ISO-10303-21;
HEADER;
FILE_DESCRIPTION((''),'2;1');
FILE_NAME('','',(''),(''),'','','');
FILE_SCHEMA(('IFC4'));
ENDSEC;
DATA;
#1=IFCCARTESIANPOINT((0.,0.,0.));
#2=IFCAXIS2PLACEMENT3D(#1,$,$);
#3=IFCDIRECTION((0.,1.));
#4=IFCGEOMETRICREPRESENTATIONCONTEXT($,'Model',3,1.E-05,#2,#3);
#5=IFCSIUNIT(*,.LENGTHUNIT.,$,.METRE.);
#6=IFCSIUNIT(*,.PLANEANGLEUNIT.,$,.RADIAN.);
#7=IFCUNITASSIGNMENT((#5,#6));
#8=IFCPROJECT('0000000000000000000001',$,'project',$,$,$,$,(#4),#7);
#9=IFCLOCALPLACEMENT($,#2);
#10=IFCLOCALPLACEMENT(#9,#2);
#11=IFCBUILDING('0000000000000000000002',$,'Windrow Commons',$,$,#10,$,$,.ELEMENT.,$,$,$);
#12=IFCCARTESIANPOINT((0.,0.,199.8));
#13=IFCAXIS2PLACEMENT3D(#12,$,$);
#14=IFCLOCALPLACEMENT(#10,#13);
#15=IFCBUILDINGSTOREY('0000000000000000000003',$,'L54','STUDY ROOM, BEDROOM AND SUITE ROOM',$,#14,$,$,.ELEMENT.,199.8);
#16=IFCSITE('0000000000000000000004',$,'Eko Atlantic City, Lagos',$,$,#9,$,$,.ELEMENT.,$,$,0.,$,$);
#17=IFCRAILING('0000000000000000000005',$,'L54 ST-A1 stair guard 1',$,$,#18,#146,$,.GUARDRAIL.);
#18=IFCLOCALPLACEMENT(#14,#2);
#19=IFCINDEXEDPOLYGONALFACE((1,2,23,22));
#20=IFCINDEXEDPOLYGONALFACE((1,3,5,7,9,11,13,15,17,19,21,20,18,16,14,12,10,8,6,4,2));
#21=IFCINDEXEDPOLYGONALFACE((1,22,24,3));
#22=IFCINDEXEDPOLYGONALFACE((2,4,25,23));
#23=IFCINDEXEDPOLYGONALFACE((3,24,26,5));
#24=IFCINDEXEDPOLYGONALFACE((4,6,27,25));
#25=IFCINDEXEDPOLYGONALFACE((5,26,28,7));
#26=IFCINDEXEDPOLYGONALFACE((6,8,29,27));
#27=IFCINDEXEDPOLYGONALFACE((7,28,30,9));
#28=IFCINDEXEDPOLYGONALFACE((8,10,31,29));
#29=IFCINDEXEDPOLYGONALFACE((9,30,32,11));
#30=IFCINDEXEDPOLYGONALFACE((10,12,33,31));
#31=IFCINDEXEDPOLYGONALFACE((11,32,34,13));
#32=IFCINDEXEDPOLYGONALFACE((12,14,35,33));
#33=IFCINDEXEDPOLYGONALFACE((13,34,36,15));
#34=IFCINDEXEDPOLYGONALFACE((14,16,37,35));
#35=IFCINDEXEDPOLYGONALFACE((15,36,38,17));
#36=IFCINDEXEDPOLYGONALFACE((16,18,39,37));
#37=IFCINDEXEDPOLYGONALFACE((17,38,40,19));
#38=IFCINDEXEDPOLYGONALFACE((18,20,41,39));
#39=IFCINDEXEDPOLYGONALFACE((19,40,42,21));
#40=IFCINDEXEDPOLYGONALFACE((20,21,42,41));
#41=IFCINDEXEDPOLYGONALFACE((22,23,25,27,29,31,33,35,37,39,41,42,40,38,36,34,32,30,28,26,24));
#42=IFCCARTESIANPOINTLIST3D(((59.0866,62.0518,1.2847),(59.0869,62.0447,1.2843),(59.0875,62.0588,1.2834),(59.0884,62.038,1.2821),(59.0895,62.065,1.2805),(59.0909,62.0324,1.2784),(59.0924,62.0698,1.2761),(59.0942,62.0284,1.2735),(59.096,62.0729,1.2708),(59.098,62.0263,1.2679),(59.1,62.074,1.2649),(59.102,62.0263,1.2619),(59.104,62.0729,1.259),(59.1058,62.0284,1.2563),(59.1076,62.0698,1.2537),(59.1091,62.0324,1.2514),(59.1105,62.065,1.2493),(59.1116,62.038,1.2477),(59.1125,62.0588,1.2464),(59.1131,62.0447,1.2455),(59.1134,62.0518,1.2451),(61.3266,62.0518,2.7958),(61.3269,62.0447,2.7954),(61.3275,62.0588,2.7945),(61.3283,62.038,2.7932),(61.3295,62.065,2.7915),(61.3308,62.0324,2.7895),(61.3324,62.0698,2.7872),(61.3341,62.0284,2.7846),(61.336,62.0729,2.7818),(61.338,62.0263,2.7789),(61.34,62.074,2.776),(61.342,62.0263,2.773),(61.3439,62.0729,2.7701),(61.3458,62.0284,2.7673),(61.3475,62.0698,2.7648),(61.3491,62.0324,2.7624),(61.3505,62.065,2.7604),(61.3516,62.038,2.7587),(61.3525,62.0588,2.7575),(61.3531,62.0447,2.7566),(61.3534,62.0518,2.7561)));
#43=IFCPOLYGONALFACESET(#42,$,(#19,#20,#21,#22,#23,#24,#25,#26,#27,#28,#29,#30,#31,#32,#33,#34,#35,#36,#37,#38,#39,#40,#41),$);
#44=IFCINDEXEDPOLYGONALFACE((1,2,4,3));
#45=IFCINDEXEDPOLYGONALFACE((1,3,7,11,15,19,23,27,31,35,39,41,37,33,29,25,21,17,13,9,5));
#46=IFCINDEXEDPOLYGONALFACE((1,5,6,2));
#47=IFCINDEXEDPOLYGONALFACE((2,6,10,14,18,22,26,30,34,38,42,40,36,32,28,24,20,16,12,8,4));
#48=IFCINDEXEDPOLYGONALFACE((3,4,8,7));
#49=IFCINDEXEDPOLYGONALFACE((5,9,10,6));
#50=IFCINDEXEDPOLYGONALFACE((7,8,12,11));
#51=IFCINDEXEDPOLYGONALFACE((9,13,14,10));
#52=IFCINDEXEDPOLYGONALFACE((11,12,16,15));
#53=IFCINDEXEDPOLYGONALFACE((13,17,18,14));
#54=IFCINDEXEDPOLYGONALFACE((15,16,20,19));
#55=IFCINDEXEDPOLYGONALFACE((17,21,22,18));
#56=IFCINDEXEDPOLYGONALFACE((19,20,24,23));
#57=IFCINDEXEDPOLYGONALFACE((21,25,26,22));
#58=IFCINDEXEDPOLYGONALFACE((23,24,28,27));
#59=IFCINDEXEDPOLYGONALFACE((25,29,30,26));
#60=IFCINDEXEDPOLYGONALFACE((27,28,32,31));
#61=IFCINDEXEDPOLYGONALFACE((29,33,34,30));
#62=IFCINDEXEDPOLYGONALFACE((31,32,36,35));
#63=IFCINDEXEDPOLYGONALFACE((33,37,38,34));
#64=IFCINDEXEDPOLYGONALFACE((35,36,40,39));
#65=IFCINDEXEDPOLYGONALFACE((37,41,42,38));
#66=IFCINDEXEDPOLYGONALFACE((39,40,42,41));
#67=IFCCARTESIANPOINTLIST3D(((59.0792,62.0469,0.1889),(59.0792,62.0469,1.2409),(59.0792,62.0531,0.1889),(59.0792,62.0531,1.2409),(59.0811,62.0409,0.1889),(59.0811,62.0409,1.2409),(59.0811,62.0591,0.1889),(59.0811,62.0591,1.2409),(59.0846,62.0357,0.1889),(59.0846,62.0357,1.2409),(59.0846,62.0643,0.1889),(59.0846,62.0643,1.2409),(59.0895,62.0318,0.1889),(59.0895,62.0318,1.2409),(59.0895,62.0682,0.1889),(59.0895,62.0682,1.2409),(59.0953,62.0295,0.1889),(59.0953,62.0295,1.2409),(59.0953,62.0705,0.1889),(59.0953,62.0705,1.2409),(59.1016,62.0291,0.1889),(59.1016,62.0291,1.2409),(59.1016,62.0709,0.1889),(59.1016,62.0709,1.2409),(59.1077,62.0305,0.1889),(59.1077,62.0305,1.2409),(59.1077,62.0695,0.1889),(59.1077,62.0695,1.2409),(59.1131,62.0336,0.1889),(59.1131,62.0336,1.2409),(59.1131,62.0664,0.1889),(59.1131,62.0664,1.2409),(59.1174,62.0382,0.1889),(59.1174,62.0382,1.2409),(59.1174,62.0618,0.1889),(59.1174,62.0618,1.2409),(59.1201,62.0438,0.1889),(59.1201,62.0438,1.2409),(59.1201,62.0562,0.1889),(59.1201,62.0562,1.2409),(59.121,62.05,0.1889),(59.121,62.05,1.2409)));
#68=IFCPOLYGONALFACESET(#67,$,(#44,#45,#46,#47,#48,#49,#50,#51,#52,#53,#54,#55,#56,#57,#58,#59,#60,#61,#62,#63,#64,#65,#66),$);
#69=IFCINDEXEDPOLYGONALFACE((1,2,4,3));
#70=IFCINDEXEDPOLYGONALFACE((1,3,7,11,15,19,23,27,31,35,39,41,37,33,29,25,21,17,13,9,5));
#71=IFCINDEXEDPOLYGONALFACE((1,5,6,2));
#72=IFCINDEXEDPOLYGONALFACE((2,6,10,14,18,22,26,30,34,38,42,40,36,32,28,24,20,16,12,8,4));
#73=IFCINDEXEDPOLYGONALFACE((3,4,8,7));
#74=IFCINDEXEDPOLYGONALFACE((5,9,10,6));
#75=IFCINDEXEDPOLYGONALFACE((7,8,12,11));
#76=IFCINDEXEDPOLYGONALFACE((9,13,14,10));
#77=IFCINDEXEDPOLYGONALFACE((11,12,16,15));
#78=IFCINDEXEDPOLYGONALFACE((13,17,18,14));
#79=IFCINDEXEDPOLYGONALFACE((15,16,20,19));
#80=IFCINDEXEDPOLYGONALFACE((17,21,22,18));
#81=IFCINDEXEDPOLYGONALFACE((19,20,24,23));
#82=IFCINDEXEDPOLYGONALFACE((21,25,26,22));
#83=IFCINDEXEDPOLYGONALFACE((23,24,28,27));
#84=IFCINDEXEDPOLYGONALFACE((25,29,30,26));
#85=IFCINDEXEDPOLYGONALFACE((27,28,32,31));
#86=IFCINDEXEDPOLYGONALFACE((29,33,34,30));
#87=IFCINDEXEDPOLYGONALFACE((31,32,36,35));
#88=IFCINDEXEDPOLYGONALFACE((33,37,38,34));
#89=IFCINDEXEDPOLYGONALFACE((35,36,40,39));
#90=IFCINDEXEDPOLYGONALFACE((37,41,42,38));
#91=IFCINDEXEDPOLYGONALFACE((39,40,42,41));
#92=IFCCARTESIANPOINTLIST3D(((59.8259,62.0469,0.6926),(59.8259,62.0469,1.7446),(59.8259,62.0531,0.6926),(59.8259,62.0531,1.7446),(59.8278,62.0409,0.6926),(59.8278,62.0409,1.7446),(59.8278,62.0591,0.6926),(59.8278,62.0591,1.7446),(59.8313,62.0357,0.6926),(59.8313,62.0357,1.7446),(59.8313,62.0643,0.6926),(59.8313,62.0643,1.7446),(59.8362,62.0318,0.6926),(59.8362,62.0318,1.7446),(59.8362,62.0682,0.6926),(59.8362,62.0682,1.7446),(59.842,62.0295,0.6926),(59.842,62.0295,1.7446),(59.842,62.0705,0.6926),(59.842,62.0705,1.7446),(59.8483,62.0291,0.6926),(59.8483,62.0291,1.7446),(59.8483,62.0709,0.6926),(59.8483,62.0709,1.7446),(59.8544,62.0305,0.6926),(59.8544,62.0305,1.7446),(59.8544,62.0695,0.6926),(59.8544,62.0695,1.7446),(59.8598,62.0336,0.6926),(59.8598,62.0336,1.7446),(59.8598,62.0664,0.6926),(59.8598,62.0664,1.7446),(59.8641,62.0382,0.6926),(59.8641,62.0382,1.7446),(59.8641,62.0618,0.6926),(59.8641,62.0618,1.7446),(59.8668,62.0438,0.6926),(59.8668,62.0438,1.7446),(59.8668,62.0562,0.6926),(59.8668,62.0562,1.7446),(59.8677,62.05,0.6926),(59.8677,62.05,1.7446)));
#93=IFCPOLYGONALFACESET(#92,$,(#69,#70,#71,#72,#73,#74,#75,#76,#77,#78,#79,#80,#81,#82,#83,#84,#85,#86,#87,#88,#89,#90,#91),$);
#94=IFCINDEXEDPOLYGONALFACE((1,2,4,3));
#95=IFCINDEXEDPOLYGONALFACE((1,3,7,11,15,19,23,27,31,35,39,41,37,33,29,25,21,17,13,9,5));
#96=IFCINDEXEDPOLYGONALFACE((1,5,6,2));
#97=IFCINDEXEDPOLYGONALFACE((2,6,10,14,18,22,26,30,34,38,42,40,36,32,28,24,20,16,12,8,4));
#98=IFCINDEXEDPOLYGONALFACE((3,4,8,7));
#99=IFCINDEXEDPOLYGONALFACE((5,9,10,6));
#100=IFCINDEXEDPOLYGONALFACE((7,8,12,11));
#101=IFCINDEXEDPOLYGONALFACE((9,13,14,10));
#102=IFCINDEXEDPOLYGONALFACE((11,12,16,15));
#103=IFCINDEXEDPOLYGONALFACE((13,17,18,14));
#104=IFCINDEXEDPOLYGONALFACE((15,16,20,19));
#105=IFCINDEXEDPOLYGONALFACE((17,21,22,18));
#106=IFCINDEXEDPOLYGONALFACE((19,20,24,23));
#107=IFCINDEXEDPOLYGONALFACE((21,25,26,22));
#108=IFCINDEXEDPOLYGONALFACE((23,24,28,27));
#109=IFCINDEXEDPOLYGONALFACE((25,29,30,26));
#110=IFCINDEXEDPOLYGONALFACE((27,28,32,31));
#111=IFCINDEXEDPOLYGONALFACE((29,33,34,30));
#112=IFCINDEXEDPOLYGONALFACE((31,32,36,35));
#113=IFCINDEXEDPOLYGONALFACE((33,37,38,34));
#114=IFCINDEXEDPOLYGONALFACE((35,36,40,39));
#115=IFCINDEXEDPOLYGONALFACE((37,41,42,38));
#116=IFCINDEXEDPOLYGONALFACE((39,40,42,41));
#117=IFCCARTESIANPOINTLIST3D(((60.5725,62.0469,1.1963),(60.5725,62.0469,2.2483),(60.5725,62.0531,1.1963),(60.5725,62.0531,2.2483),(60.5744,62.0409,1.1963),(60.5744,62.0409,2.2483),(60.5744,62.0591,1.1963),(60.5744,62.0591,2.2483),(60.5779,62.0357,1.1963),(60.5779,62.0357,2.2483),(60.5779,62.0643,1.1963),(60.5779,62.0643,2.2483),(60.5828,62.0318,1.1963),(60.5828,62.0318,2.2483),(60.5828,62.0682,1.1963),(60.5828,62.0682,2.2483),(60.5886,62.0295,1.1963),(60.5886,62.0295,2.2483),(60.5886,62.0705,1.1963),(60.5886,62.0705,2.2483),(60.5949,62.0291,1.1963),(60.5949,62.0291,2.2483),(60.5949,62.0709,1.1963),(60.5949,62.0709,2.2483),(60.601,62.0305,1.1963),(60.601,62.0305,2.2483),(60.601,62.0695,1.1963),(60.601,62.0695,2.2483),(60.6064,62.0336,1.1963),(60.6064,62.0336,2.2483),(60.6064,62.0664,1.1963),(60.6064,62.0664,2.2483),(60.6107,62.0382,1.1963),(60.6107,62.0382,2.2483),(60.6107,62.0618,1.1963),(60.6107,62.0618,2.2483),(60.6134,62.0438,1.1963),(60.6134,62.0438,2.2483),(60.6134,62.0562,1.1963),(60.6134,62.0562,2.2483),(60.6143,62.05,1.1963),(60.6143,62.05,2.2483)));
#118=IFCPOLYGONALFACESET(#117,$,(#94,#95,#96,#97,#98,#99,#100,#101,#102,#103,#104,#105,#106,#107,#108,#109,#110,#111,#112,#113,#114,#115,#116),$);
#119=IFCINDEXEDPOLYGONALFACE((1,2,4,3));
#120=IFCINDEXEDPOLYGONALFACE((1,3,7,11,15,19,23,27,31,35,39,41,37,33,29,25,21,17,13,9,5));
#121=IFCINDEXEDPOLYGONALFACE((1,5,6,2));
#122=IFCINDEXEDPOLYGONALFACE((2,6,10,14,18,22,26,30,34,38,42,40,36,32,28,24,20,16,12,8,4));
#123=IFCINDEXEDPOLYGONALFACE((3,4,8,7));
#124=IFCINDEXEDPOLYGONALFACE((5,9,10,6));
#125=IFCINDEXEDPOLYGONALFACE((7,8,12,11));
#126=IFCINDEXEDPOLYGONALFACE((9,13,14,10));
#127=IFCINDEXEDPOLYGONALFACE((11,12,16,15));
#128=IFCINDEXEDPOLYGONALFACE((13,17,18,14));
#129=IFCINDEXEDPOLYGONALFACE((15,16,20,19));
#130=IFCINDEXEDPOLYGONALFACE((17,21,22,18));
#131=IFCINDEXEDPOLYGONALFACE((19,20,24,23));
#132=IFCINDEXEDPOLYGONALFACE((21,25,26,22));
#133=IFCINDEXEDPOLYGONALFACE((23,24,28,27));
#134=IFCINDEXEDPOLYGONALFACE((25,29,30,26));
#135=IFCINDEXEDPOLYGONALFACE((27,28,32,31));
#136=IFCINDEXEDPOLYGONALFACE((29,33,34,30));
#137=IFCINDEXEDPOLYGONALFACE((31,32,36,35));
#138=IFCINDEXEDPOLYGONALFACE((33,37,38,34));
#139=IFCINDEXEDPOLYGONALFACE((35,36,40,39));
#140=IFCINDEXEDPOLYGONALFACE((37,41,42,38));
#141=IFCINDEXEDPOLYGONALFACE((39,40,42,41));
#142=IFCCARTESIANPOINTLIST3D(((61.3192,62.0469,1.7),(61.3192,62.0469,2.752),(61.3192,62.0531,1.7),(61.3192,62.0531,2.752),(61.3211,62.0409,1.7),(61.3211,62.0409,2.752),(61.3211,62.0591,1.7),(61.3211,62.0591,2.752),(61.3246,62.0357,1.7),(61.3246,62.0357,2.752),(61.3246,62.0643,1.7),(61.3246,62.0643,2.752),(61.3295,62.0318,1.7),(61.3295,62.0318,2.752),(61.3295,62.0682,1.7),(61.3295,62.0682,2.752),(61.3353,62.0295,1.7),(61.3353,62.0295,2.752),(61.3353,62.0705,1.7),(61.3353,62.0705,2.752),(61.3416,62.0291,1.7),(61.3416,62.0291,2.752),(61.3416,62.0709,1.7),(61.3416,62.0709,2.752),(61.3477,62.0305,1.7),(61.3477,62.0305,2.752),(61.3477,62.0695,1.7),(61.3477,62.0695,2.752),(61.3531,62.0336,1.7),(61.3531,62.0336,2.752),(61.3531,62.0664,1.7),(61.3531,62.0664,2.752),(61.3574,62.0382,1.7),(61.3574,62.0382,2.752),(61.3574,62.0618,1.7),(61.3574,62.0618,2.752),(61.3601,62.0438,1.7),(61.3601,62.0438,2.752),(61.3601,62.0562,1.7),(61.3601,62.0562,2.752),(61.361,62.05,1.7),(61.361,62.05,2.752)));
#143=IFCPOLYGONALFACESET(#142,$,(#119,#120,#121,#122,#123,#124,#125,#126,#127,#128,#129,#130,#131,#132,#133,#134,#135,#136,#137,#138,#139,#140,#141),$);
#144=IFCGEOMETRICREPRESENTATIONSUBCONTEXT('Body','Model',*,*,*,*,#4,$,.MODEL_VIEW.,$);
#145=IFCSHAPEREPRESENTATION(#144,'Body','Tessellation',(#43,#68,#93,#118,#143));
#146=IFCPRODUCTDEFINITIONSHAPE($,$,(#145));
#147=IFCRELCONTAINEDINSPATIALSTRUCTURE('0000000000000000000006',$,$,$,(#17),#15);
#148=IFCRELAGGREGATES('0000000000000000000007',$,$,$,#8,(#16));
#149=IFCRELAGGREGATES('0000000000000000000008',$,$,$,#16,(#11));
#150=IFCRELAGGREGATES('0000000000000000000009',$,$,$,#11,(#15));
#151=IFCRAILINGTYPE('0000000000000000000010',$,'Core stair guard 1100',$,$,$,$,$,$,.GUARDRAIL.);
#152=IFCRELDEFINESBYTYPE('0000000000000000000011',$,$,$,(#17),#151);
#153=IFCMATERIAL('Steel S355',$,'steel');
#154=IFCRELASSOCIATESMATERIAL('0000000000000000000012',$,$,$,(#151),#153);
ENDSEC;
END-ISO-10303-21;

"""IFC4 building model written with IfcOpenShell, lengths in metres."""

from ifc_helpers import new_model, si_unit, direction, frame, origin, origin_2d, place, context, subcontext, project, spatial, circle, extrude, material, type_object, element, save


model = new_model("IFC4")

# Units and contexts
model_context = context("Model", 3, precision=1e-05, world=origin(), true_north=direction((0.0, 1.0)))
body_context = subcontext(model_context, "Body", "Model", "MODEL_VIEW")
ifc_project = project(units=[si_unit("LENGTHUNIT", "METRE"), si_unit("PLANEANGLEUNIT", "RADIAN")], contexts=[model_context])

# Site, building, storey
site_placement = place(None, origin())
site = spatial("IfcSite", under=ifc_project, at=site_placement, Name="Eko Atlantic City, Lagos", CompositionType="ELEMENT", RefElevation=0.0)
building_placement = place(site_placement, origin())
building = spatial("IfcBuilding", under=site, at=building_placement, Name="Windrow Commons", CompositionType="ELEMENT")
storey_placement = place(building_placement, frame((0.0, 0.0, 199.8)))
storey = spatial("IfcBuildingStorey", under=building, at=storey_placement, Name="L54", Description="STUDY ROOM, BEDROOM AND SUITE ROOM", CompositionType="ELEMENT", Elevation=199.8)

# Railing
ifc_material_1 = material(Name="Steel S355", Category="steel")
railing_type_1 = type_object("IfcRailingType", Name="Core stair guard 1100", PredefinedType="GUARDRAIL", material=ifc_material_1)
railing_1_placement = place(storey_placement, frame((59.1, 62.05, 0.1889)))
element("IfcRailing", 1, at=railing_1_placement, inside=storey, type_object=railing_type_1, Name="L54 ST-A1 stair guard 1", PredefinedType="GUARDRAIL", context=body_context, shape_type="SweptSolid", body=[
    extrude(circle(Radius=0.024, at=origin_2d()), frame((0.0, 0.0, 1.076), z_axis=(0.829003, 0.0, 0.559244), x_axis=(0.0, 1.0, 0.0)), (0.0, 0.0, 1.0), 2.702),
    extrude(circle(Radius=0.021, at=origin_2d()), origin(), (0.0, 0.0, 1.0), 1.052),
    extrude(circle(Radius=0.021, at=origin_2d()), frame((0.7467, 0.0, 0.5037)), (0.0, 0.0, 1.0), 1.052),
    extrude(circle(Radius=0.021, at=origin_2d()), frame((1.4933, 0.0, 1.0074)), (0.0, 0.0, 1.0), 1.052),
    extrude(circle(Radius=0.021, at=origin_2d()), frame((2.24, 0.0, 1.5111)), (0.0, 0.0, 1.0), 1.052),
])

save(model, "model.ifc")
